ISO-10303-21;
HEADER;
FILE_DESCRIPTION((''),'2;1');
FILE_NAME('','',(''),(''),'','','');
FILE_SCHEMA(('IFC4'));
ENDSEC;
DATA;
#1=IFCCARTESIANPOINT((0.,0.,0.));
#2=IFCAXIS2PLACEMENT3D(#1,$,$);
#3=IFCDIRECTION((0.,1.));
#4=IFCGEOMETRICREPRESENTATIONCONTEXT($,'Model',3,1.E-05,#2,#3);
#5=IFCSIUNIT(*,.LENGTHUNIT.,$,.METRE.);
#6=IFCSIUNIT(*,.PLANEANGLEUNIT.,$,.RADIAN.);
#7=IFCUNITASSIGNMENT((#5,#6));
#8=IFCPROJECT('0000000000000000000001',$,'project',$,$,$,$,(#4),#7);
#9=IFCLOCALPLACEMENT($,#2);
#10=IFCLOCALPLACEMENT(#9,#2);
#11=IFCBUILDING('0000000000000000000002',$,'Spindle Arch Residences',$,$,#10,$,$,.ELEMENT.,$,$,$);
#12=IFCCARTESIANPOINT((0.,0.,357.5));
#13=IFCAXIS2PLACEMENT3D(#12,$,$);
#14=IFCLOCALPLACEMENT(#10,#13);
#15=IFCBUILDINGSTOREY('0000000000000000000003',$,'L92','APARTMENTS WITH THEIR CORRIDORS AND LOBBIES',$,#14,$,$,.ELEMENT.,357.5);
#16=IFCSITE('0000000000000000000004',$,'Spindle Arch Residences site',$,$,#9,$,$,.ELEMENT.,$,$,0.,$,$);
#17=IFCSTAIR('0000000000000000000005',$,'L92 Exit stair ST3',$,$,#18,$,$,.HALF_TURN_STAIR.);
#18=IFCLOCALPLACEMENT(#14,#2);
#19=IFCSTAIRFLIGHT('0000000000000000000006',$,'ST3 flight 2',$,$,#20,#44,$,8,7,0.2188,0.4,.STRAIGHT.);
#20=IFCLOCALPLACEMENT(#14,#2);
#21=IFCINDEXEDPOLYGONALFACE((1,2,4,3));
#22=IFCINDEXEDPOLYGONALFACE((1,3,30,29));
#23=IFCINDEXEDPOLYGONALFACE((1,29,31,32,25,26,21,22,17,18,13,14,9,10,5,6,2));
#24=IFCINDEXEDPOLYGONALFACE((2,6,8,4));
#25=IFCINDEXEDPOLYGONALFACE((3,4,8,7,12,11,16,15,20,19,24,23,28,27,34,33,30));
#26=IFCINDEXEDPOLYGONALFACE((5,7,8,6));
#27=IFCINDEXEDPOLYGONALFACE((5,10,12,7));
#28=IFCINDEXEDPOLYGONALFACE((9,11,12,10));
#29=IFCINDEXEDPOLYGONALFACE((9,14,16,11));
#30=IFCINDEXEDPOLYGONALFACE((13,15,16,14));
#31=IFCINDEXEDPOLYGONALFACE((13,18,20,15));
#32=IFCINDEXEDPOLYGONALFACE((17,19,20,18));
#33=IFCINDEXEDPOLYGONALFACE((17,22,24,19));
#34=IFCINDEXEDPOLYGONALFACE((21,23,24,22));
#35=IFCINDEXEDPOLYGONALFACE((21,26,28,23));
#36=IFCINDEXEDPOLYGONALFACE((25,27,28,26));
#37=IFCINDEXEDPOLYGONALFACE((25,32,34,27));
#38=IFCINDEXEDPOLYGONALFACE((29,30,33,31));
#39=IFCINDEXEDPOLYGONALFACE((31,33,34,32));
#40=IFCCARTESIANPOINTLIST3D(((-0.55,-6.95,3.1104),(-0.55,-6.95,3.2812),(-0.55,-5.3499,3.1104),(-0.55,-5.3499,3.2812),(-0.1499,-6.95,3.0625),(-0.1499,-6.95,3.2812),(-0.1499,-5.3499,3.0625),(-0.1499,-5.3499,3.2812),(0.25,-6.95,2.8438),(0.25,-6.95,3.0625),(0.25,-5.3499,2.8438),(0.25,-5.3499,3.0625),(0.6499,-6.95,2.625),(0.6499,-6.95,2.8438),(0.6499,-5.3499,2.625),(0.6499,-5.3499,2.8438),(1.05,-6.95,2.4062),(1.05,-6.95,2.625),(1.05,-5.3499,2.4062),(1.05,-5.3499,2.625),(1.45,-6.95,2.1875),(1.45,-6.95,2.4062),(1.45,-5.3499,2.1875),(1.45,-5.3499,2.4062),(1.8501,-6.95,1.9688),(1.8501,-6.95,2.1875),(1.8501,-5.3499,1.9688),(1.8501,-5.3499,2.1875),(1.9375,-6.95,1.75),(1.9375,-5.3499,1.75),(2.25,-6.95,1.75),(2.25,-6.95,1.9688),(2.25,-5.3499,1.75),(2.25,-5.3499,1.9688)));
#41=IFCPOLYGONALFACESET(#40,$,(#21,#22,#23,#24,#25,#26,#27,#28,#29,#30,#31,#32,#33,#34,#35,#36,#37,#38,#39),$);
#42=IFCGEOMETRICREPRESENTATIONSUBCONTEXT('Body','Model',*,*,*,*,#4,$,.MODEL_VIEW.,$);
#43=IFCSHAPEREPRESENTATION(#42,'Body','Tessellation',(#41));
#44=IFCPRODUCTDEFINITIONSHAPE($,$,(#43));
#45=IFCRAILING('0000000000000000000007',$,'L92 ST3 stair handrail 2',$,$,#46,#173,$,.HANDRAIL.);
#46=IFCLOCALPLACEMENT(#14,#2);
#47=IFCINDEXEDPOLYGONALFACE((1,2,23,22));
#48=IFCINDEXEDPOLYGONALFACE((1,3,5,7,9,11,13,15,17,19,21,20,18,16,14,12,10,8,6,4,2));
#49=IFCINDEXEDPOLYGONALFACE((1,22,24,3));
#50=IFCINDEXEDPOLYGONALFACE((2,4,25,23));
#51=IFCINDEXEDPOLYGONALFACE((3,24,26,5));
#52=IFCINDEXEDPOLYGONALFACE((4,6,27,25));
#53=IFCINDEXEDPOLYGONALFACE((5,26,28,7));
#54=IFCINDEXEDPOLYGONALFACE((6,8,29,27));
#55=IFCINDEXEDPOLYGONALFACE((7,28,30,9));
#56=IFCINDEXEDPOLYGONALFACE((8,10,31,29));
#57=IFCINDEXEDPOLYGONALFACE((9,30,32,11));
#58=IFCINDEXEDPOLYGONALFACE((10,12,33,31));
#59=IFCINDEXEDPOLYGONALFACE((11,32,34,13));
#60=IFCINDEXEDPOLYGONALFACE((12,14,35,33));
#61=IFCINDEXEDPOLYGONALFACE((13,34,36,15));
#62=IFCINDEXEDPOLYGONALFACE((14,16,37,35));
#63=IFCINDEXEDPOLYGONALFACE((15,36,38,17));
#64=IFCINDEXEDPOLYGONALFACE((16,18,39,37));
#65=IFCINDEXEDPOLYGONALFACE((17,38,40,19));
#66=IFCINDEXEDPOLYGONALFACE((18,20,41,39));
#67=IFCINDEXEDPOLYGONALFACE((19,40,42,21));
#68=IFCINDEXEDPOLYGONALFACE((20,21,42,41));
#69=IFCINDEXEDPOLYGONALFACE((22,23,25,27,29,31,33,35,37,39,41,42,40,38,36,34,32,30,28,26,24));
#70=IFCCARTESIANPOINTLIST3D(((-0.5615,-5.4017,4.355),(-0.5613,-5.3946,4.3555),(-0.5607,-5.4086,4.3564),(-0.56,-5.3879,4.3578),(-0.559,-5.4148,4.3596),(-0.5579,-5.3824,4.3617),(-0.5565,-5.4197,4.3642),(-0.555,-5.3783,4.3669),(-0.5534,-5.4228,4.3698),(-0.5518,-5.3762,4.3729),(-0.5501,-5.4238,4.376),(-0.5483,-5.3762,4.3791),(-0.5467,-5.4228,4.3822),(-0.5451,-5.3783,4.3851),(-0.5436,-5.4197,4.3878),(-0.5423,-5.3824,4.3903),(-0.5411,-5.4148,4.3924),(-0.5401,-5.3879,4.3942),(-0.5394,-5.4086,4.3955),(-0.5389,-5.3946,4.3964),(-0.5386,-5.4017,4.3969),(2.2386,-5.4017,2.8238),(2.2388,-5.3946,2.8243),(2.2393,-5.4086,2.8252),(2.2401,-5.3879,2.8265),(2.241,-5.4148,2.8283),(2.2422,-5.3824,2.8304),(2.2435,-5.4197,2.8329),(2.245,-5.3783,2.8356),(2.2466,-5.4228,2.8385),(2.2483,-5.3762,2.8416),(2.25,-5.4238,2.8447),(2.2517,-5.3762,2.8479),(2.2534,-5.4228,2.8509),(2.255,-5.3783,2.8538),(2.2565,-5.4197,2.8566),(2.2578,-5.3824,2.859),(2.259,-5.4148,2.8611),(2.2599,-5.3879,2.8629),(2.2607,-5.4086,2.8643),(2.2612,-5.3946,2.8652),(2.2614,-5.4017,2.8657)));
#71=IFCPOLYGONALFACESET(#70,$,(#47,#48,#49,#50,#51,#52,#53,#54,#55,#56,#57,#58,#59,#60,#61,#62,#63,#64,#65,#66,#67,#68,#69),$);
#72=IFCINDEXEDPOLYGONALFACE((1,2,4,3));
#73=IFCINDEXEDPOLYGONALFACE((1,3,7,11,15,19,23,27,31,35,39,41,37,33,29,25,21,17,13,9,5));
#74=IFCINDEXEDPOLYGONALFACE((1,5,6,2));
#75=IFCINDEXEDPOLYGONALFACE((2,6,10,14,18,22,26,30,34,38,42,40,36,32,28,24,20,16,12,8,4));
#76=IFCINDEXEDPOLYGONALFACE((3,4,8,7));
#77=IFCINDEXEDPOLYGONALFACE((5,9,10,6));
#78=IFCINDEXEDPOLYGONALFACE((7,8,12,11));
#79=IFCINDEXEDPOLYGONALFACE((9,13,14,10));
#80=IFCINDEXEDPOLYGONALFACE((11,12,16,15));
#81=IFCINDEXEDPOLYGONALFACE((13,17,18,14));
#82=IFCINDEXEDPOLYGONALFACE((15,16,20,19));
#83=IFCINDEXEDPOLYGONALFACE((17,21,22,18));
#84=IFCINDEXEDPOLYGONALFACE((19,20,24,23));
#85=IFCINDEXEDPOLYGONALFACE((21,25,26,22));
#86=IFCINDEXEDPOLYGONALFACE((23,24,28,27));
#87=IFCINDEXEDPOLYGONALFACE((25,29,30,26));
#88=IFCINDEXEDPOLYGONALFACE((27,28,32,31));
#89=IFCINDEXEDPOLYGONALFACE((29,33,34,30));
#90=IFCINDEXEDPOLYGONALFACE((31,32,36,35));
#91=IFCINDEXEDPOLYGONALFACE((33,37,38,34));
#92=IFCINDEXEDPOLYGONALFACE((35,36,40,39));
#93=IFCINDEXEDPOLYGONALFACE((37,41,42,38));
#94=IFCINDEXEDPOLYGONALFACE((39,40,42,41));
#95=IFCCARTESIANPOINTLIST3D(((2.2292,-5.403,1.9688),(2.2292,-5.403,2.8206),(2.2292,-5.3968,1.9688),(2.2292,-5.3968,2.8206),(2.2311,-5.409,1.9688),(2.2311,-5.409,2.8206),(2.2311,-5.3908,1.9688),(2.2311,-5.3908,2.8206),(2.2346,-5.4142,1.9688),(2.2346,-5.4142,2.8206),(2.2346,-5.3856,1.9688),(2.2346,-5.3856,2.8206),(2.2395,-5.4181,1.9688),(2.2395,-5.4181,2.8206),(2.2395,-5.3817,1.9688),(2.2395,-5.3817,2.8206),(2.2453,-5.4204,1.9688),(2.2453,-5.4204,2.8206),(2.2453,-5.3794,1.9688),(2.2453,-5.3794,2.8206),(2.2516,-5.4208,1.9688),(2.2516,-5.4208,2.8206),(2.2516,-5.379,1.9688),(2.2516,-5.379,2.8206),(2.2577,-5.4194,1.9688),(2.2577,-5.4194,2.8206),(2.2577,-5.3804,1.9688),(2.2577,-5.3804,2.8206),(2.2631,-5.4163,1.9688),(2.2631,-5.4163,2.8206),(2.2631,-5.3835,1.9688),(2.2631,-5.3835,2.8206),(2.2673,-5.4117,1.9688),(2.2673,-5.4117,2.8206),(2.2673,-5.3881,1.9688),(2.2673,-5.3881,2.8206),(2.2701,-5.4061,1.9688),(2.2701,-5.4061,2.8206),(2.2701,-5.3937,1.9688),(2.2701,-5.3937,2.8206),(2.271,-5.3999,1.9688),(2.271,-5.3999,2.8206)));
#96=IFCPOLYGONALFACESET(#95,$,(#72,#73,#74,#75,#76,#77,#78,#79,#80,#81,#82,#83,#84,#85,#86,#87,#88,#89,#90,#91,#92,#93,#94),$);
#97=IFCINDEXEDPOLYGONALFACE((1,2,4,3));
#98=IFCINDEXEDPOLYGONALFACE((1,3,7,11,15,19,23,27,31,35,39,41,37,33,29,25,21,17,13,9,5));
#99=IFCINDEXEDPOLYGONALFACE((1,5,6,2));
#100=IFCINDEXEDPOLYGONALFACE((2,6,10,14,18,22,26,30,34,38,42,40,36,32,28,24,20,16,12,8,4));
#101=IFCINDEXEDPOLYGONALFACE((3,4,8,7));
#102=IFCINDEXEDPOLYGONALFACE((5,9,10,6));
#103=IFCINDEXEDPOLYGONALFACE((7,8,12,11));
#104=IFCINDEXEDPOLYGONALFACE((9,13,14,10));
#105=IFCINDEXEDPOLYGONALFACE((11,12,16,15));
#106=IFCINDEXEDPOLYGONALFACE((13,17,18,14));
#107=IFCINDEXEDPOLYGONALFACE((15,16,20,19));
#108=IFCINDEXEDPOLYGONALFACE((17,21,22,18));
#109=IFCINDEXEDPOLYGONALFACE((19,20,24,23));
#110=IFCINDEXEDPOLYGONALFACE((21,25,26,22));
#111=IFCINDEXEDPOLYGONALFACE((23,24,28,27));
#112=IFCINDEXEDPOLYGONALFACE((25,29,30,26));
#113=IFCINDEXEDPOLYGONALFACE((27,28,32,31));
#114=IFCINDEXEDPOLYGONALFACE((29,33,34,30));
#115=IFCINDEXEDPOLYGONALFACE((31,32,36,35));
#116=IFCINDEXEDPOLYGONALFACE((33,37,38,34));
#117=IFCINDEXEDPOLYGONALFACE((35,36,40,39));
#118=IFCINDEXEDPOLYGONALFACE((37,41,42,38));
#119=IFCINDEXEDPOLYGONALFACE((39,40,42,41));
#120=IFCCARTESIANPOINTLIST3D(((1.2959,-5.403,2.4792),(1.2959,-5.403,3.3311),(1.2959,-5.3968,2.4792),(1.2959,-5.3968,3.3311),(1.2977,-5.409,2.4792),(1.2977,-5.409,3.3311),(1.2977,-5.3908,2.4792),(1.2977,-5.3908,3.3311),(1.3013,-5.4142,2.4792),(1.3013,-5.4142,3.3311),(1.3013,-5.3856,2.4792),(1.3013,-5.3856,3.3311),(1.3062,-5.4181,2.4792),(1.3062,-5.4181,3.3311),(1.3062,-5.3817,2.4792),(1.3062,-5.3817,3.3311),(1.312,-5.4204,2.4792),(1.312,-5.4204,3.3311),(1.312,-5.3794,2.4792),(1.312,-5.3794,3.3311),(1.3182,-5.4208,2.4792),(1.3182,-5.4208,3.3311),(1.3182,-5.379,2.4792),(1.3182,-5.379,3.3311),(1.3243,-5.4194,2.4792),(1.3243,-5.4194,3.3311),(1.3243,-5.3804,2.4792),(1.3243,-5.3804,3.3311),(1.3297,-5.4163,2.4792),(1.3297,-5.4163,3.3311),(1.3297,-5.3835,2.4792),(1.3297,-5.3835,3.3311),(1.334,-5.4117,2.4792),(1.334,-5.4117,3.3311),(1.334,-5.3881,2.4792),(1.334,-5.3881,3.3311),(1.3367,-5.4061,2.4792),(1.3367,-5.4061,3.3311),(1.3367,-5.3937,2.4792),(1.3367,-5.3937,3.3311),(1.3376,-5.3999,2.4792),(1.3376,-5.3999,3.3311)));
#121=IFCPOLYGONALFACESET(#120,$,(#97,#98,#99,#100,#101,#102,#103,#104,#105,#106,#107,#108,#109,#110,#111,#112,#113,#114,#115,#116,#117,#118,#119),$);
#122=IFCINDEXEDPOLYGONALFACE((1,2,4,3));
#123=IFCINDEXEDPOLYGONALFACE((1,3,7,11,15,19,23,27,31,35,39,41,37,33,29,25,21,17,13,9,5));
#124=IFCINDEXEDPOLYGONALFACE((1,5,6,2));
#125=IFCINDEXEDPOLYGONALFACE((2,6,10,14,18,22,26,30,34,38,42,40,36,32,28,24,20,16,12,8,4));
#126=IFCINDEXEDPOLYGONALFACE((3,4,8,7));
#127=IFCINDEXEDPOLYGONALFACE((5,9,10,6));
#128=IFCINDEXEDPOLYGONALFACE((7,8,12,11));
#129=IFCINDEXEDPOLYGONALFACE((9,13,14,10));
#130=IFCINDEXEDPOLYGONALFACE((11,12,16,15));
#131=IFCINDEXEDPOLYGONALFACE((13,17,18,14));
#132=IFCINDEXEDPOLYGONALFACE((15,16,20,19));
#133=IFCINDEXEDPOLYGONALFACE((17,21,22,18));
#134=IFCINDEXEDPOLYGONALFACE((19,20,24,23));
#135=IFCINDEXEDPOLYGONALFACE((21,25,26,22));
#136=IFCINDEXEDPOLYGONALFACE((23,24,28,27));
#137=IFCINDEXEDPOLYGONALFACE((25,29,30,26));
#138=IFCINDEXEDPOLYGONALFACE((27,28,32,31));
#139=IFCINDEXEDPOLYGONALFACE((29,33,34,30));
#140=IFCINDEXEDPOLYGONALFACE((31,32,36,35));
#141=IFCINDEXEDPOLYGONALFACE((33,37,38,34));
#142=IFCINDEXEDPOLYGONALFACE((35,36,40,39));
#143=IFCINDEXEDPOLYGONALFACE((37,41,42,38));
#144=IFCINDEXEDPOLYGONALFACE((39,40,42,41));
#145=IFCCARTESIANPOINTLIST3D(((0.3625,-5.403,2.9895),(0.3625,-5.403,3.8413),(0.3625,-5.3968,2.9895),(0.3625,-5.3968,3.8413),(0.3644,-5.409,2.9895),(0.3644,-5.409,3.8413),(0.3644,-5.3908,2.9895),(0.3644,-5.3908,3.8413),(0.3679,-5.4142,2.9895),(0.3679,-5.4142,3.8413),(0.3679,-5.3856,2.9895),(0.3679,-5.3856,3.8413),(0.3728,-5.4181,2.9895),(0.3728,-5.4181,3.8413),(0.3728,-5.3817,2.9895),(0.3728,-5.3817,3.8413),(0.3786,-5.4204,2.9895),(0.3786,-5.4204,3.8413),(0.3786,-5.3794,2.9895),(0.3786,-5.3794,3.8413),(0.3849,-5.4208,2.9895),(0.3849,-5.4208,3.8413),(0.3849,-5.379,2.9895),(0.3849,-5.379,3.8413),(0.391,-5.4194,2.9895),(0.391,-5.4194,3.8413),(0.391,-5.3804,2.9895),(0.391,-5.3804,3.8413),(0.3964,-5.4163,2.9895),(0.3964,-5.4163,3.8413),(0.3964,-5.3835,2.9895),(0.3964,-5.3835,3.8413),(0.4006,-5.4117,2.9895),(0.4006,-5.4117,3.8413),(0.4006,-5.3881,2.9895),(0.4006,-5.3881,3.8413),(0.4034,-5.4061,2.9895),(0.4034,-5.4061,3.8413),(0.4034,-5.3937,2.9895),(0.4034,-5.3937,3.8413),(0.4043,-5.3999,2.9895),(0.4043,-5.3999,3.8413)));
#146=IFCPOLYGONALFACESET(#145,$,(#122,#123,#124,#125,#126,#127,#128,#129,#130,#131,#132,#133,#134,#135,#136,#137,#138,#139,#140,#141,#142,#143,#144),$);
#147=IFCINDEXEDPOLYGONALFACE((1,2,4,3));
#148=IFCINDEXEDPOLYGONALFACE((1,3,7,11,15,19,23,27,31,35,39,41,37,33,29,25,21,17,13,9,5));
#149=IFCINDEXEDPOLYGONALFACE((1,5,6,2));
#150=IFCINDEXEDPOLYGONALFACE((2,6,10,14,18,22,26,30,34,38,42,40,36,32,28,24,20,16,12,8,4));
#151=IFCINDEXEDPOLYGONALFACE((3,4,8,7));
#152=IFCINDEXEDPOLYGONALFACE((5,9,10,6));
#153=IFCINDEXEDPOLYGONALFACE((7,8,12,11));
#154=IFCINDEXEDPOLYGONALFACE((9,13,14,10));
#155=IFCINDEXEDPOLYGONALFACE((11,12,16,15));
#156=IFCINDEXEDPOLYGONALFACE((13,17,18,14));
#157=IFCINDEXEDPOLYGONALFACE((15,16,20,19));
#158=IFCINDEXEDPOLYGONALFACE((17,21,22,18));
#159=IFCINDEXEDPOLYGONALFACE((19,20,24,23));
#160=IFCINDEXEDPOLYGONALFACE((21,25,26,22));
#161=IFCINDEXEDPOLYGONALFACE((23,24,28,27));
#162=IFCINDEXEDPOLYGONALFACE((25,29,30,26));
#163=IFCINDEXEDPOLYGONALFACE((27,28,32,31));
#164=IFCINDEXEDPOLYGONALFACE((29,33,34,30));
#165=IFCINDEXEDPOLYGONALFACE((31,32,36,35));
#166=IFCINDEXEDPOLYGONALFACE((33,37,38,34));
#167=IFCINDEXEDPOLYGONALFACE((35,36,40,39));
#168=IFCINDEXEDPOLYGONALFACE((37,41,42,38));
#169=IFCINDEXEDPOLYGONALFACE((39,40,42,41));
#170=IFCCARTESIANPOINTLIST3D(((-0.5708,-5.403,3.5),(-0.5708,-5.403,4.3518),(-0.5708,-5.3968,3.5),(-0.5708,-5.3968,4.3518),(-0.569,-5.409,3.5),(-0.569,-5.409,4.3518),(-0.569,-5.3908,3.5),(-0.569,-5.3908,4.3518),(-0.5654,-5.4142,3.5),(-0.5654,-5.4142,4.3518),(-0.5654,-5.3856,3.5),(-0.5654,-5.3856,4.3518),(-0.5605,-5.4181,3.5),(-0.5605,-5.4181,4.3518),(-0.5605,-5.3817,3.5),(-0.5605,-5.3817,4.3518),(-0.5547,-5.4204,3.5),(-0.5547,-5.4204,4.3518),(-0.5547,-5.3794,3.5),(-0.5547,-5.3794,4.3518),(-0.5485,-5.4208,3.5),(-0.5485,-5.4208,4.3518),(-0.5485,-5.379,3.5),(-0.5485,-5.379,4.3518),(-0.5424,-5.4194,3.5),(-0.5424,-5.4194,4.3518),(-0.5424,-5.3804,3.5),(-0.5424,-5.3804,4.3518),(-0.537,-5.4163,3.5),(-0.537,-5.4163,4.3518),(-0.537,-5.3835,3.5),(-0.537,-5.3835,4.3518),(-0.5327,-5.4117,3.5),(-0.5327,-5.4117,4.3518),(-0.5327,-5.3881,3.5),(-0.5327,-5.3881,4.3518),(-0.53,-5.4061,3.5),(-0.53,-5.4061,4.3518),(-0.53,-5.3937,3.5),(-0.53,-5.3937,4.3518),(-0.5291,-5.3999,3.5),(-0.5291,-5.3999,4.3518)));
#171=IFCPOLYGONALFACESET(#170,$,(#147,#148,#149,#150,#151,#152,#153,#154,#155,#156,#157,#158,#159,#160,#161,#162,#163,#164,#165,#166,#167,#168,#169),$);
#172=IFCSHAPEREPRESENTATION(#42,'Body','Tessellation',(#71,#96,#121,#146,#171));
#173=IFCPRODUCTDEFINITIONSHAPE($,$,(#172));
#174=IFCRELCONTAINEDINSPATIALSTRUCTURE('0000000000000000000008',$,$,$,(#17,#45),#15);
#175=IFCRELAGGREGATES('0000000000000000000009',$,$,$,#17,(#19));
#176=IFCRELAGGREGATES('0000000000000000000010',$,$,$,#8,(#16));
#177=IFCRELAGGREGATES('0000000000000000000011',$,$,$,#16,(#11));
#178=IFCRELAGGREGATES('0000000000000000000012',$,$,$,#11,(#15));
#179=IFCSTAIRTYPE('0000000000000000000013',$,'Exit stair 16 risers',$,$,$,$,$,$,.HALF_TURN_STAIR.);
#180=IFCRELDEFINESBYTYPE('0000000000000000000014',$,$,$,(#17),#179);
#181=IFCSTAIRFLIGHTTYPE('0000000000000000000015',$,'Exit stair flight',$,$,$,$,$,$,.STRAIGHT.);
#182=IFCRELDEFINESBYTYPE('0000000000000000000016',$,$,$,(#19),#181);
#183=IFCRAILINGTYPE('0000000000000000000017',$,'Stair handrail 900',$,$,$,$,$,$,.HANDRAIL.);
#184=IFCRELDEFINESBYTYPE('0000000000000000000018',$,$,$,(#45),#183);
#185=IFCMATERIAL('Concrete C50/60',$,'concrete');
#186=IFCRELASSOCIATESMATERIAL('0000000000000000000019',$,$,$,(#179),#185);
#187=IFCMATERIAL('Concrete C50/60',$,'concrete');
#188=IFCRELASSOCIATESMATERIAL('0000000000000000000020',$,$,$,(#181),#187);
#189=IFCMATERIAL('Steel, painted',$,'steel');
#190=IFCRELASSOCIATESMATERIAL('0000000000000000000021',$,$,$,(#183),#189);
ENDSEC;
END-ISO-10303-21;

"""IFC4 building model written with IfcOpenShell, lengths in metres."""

from ifc_helpers import new_model, si_unit, direction, frame, origin, origin_2d, place, context, subcontext, project, spatial, polyline, circle, outline, extrude, material, type_object, element, aggregate, save


model = new_model("IFC4")

# Units and contexts
model_context = context("Model", 3, precision=1e-05, world=origin(), true_north=direction((0.0, 1.0)))
body_context = subcontext(model_context, "Body", "Model", "MODEL_VIEW")
ifc_project = project(units=[si_unit("LENGTHUNIT", "METRE"), si_unit("PLANEANGLEUNIT", "RADIAN")], contexts=[model_context])

# Site, building, storey
site_placement = place(None, origin())
site = spatial("IfcSite", under=ifc_project, at=site_placement, Name="Spindle Arch Residences site", CompositionType="ELEMENT", RefElevation=0.0)
building_placement = place(site_placement, origin())
building = spatial("IfcBuilding", under=site, at=building_placement, Name="Spindle Arch Residences", CompositionType="ELEMENT")
storey_placement = place(building_placement, frame((0.0, 0.0, 357.5)))
storey = spatial("IfcBuildingStorey", under=building, at=storey_placement, Name="L92", Description="APARTMENTS WITH THEIR CORRIDORS AND LOBBIES", CompositionType="ELEMENT", Elevation=357.5)

# Stair
ifc_material_1 = material(Name="Concrete C50/60", Category="concrete")
stair_type = type_object("IfcStairType", Name="Exit stair 16 risers", PredefinedType="HALF_TURN_STAIR", material=ifc_material_1)
stair_1_placement = place(storey_placement, origin())
stair_1 = element("IfcStair", 1, at=stair_1_placement, inside=storey, type_object=stair_type, Name="L92 Exit stair ST3", PredefinedType="HALF_TURN_STAIR")

# Stair flight
ifc_material_2 = material(Name="Concrete C50/60", Category="concrete")
stair_flight_type = type_object("IfcStairFlightType", Name="Exit stair flight", PredefinedType="STRAIGHT", material=ifc_material_2)
stair_flight_placement = place(storey_placement, frame((2.25, -6.1499, 1.75), z_axis=(0.0, 0.0, 1.0), x_axis=(-1.0, 0.0, 0.0)))
stair_flight = element("IfcStairFlight", 2, at=stair_flight_placement, type_object=stair_flight_type, Name="ST3 flight 2", NumberOfRisers=8, NumberOfTreads=7, PredefinedType="STRAIGHT", RiserHeight=0.2188, TreadLength=0.4, context=body_context, shape_type="SweptSolid", body=[
    extrude(outline(polyline([(0.0, 0.0), (0.0, 0.2188), (0.3999, 0.2188), (0.3999, 0.4375), (0.8, 0.4375), (0.8, 0.6562), (1.2, 0.6562), (1.2, 0.875), (1.6001, 0.875), (1.6001, 1.0938), (2.0, 1.0938), (2.0, 1.3125), (2.3999, 1.3125), (2.3999, 1.5312), (2.8, 1.5312), (2.8, 1.75), (2.8, 1.3604), (0.3125, 0.0), (0.0, 0.0)])), frame((0.0, 0.8, 0.0), z_axis=(0.0, -1.0, 0.0), x_axis=(1.0, 0.0, 0.0)), (0.0, 0.0, 1.0), 1.6001),
])
aggregate(stair_1, [stair_flight])

# Railing
ifc_material_3 = material(Name="Steel, painted", Category="steel")
railing_type = type_object("IfcRailingType", Name="Stair handrail 900", PredefinedType="HANDRAIL", material=ifc_material_3)
railing_placement = place(storey_placement, frame((2.25, -5.3999, 1.9688)))
element("IfcRailing", 3, at=railing_placement, inside=storey, type_object=railing_type, Name="L92 ST3 stair handrail 2", PredefinedType="HANDRAIL", context=body_context, shape_type="SweptSolid", body=[
    extrude(circle(Radius=0.0239, at=origin_2d()), frame((0.0, 0.0, 0.876), z_axis=(-0.877375, 0.0, 0.479806), x_axis=(0.0, -1.0, 0.0)), (0.0, 0.0, 1.0), 3.1914),
    extrude(circle(Radius=0.021, at=origin_2d()), origin(), (0.0, 0.0, 1.0), 0.8518),
    extrude(circle(Radius=0.021, at=origin_2d()), frame((-0.9333, 0.0, 0.5105)), (0.0, 0.0, 1.0), 0.8518),
    extrude(circle(Radius=0.021, at=origin_2d()), frame((-1.8667, 0.0, 1.0208)), (0.0, 0.0, 1.0), 0.8518),
    extrude(circle(Radius=0.021, at=origin_2d()), frame((-2.8, 0.0, 1.5312)), (0.0, 0.0, 1.0), 0.8518),
])

save(model, "model.ifc")
